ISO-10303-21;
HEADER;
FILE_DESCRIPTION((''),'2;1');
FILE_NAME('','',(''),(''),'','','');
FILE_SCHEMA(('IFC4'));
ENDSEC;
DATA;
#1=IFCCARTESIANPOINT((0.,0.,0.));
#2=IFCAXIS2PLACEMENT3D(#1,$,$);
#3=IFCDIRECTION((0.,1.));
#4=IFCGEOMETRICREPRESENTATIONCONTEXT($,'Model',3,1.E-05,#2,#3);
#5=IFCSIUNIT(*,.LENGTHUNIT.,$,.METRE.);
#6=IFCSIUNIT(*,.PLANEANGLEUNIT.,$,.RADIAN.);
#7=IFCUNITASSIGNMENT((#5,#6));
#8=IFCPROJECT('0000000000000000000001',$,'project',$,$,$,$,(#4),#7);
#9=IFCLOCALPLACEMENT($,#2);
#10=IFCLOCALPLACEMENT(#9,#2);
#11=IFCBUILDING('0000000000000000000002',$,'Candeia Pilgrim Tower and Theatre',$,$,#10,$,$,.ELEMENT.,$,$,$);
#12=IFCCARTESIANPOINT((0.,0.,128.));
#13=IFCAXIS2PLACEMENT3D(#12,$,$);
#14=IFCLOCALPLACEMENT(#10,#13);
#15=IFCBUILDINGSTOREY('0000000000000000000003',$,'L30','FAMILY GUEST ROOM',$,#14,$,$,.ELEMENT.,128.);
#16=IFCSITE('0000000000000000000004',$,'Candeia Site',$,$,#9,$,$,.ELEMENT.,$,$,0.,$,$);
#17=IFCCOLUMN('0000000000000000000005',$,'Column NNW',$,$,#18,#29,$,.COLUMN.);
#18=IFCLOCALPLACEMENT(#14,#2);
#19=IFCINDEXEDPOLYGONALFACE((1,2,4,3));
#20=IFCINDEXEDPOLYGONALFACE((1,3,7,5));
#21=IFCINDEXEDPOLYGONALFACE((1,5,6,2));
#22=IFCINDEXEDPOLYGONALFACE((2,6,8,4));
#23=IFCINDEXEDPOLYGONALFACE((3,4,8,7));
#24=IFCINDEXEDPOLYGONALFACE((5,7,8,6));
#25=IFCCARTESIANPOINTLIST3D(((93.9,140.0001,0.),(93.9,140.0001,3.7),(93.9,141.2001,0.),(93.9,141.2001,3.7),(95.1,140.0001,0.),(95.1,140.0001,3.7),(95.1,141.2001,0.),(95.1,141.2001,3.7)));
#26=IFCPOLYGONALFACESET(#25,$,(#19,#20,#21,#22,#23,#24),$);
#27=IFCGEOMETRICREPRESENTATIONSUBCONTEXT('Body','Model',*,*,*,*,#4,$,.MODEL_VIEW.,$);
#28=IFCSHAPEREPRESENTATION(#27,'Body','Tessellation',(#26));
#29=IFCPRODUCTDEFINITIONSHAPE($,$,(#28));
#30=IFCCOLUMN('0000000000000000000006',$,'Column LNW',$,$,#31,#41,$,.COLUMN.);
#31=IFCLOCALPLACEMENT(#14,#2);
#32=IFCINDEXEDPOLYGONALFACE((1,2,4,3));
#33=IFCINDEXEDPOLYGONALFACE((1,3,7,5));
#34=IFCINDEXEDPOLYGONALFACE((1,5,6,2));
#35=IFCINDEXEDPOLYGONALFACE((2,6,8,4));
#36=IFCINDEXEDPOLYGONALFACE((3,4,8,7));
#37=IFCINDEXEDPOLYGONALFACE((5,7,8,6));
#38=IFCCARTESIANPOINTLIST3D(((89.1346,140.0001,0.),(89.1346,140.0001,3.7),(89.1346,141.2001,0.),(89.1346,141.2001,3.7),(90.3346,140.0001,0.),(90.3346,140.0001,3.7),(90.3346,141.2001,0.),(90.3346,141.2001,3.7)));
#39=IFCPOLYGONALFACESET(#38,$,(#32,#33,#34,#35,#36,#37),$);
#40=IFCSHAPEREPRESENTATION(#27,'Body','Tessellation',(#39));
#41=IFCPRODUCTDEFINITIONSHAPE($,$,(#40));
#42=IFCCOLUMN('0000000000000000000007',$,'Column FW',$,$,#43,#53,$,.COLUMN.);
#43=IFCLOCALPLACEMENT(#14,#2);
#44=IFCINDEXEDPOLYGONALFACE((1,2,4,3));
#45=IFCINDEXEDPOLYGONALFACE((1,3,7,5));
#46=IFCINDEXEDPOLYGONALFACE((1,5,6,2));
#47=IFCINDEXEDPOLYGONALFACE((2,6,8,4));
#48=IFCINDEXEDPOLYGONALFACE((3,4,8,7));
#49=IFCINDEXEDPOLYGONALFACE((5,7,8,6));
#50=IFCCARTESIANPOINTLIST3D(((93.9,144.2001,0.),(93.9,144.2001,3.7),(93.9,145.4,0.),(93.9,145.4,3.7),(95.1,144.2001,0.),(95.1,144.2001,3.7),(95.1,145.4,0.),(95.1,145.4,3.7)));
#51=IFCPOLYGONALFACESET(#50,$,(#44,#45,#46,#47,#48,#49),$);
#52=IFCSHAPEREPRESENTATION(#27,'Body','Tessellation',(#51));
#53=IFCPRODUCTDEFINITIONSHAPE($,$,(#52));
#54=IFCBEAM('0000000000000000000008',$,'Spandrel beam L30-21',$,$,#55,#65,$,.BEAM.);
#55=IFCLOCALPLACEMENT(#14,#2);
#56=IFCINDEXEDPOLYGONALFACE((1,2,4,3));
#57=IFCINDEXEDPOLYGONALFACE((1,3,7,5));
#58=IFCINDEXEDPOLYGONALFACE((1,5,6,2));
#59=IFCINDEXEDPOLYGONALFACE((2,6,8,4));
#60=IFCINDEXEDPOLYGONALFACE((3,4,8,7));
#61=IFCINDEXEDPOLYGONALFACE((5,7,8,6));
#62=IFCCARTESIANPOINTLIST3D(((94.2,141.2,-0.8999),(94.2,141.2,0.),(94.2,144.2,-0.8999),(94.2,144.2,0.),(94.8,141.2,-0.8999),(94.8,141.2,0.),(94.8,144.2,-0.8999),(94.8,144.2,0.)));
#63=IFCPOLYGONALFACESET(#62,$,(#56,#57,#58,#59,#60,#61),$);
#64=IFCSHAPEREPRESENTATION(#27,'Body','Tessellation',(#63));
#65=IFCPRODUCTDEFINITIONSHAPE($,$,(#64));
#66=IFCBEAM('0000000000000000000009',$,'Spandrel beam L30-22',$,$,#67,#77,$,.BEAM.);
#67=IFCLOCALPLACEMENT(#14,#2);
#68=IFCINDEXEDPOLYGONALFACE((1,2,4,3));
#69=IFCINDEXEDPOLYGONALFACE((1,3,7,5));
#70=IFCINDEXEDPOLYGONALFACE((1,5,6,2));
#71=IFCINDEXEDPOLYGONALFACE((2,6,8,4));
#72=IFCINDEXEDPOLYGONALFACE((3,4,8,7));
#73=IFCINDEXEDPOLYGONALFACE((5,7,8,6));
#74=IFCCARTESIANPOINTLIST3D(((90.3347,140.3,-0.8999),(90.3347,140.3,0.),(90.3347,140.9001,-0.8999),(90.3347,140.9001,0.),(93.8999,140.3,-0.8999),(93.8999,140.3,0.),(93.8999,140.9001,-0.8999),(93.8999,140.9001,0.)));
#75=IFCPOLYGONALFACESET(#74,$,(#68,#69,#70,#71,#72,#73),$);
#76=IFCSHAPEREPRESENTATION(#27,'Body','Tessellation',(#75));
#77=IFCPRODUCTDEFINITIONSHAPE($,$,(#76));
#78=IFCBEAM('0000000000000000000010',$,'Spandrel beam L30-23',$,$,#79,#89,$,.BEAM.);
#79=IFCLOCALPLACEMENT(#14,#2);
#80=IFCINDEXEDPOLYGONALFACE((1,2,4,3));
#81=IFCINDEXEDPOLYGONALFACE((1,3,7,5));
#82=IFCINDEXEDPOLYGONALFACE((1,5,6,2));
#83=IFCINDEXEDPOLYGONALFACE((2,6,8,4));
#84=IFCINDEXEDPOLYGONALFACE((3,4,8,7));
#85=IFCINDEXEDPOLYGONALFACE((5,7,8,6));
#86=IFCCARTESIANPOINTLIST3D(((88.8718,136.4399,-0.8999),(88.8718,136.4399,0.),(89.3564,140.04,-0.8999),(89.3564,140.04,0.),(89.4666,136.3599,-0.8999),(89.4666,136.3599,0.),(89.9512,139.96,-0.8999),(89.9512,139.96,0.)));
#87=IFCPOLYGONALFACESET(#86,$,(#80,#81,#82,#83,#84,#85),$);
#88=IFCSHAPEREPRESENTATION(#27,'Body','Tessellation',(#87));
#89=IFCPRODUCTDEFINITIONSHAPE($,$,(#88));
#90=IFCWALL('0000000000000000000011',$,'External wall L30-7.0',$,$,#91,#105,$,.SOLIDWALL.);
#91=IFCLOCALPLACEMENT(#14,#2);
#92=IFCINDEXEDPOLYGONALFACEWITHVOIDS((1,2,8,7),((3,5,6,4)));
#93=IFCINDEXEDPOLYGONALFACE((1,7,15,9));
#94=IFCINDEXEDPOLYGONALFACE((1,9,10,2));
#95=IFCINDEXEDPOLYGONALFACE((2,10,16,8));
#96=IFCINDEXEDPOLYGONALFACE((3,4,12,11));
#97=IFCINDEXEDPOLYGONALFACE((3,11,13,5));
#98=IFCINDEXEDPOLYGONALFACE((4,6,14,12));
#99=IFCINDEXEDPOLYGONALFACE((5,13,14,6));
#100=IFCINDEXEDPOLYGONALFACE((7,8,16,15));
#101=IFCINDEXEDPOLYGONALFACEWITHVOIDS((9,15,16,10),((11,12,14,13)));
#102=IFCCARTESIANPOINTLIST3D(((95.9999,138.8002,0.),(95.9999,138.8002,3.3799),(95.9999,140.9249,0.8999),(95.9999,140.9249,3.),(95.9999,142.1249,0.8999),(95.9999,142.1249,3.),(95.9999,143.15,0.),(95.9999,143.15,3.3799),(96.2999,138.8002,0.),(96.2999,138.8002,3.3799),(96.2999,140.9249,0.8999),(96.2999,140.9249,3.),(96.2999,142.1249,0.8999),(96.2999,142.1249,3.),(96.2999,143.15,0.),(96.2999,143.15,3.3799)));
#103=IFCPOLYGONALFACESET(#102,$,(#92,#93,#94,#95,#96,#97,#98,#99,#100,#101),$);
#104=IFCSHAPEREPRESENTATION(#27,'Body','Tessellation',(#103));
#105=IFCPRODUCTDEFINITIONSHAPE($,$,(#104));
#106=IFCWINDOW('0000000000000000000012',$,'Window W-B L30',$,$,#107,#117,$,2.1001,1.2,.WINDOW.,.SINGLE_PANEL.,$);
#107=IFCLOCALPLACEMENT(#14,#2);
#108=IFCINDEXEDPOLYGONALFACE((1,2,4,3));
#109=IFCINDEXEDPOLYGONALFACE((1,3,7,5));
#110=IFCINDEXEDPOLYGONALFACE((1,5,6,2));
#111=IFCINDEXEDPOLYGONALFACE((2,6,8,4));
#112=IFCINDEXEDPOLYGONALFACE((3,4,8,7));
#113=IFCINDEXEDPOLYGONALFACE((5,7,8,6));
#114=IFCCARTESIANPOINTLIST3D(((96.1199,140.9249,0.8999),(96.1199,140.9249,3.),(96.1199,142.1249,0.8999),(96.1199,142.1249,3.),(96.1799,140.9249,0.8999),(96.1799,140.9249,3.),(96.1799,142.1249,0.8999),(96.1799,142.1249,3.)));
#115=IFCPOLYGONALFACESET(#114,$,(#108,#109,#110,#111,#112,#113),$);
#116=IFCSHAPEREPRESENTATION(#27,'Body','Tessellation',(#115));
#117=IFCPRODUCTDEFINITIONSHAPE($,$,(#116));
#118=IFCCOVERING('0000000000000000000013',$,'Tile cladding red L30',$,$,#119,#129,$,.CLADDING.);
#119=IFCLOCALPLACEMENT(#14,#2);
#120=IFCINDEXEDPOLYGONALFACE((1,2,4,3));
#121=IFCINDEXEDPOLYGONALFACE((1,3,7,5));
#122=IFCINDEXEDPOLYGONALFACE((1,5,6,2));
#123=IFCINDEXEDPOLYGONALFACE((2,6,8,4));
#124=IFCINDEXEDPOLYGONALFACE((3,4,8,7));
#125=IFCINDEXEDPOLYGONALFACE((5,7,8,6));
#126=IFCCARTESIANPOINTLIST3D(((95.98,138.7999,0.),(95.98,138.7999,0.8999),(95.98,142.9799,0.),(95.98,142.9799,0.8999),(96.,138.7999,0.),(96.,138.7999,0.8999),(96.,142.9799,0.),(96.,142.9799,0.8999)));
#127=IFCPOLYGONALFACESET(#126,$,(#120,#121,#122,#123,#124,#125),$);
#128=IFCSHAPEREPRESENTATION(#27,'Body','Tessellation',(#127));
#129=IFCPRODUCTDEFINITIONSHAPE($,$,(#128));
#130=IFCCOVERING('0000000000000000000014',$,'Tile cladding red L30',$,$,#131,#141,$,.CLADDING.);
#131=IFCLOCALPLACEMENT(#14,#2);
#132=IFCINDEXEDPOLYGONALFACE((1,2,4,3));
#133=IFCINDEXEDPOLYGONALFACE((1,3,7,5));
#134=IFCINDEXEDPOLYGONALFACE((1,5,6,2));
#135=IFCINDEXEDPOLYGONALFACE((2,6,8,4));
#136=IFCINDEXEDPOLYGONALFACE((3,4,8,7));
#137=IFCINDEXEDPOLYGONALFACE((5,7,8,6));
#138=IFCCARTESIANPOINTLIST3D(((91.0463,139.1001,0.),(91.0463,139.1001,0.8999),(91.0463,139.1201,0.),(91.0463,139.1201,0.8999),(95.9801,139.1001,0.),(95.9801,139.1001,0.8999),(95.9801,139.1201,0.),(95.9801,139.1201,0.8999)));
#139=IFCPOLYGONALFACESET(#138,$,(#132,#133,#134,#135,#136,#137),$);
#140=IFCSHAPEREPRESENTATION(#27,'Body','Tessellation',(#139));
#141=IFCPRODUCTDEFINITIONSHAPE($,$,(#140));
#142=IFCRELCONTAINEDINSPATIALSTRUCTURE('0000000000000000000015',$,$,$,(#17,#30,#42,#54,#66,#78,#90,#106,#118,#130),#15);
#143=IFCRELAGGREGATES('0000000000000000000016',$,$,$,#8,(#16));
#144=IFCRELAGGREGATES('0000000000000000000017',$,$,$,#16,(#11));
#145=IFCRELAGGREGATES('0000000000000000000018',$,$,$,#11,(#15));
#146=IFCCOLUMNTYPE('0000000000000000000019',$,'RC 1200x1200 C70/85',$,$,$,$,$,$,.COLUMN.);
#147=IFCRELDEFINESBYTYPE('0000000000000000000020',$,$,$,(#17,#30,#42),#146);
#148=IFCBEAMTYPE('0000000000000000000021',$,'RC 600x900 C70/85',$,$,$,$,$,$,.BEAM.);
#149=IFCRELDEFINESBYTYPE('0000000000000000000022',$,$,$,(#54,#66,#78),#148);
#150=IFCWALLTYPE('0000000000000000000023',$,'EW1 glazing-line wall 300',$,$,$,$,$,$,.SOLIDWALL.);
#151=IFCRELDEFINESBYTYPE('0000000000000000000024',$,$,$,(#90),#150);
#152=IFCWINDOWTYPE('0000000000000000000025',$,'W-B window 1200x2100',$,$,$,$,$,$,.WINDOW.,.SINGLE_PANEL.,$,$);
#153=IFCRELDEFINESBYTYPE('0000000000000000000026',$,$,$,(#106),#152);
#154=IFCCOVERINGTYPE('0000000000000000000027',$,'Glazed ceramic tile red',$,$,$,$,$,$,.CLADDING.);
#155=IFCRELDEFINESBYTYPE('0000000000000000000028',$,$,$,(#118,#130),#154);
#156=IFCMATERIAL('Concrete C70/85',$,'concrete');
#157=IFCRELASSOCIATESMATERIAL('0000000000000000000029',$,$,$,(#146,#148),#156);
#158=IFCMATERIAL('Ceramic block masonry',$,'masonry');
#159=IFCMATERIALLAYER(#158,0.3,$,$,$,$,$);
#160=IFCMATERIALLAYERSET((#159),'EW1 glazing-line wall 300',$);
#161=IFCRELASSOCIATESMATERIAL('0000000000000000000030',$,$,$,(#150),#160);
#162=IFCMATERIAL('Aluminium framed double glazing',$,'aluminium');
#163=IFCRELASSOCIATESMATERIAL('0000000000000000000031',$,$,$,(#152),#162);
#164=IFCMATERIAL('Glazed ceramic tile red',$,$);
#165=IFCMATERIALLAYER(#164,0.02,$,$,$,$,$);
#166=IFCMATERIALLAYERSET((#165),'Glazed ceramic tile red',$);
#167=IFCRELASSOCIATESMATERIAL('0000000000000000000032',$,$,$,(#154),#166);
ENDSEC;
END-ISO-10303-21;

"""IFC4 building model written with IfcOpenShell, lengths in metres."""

from ifc_helpers import new_model, si_unit, direction, frame, frame_2d, origin, origin_2d, place, context, subcontext, project, spatial, rectangle, extrude, material, layer, layer_set, material_profile, profile_set, type_object, element, fill, save


model = new_model("IFC4")

# Units and contexts
model_context = context("Model", 3, precision=1e-05, world=origin(), true_north=direction((0.0, 1.0)))
body_context = subcontext(model_context, "Body", "Model", "MODEL_VIEW")
ifc_project = project(units=[si_unit("LENGTHUNIT", "METRE"), si_unit("PLANEANGLEUNIT", "RADIAN")], contexts=[model_context])

# Site, building, storey
site_placement = place(None, origin())
site = spatial("IfcSite", under=ifc_project, at=site_placement, Name="Candeia Site", CompositionType="ELEMENT", RefElevation=0.0)
building_placement = place(site_placement, origin())
building = spatial("IfcBuilding", under=site, at=building_placement, Name="Candeia Pilgrim Tower and Theatre", CompositionType="ELEMENT")
storey_placement = place(building_placement, frame((0.0, 0.0, 128.0)))
storey = spatial("IfcBuildingStorey", under=building, at=storey_placement, Name="L30", Description="FAMILY GUEST ROOM", CompositionType="ELEMENT", Elevation=128.0)

# Columns
ifc_material_1 = material(Name="Concrete C70/85", Category="concrete")
ifc_material_profile_1 = material_profile(ifc_material_1, rectangle(XDim=1.2, YDim=1.2, at=origin_2d()))
ifc_profile_set_1 = profile_set([ifc_material_profile_1], Name="Concrete C70/85")
column_type = type_object("IfcColumnType", Name="RC 1200x1200 C70/85", PredefinedType="COLUMN", material=ifc_profile_set_1)
for number, where, z_axis, x_axis, name in (
    (1, (94.5, 140.6001, 0.0), (0.0, 0.0, 1.0), (1.0, 0.0, 0.0), "Column NNW"),
    (2, (89.7346, 140.6001, 0.0), (0.0, 0.0, 1.0), (1.0, 0.0, 0.0), "Column LNW"),
    (3, (94.5, 144.8, 0.0), (0.0, 0.0, 1.0), (1.0, 0.0, 0.0), "Column FW"),
):
    element("IfcColumn", number, at=place(storey_placement, frame(where, z_axis=z_axis, x_axis=x_axis)), inside=storey, type_object=column_type, Name=name, PredefinedType="COLUMN", context=body_context, shape_type="SweptSolid", body=[
        extrude(rectangle(XDim=1.2, YDim=1.2, at=origin_2d()), origin(), (0.0, 0.0, 1.0), 3.7),
    ])

# Beams
ifc_material_profile_2 = material_profile(ifc_material_1, rectangle(XDim=0.6001, YDim=0.8999, at=origin_2d()))
ifc_profile_set_2 = profile_set([ifc_material_profile_2], Name="Concrete C70/85")
beam_type = type_object("IfcBeamType", Name="RC 600x900 C70/85", PredefinedType="BEAM", material=ifc_profile_set_2)
beam_1_placement = place(storey_placement, frame((94.5, 144.2, -0.45), z_axis=(0.0, -1.0, 0.0), x_axis=(1.0, 0.0, 0.0)))
element("IfcBeam", 4, at=beam_1_placement, inside=storey, type_object=beam_type, Name="Spandrel beam L30-21", PredefinedType="BEAM", context=body_context, shape_type="SweptSolid", body=[
    extrude(rectangle(XDim=0.6001, YDim=0.8999, at=origin_2d()), origin(), (0.0, 0.0, 1.0), 3.0),
])
beam_2_placement = place(storey_placement, frame((93.8999, 140.6001, -0.45), z_axis=(-1.0, 0.0, 0.0), x_axis=(0.0, -1.0, 0.0)))
element("IfcBeam", 5, at=beam_2_placement, inside=storey, type_object=beam_type, Name="Spandrel beam L30-22", PredefinedType="BEAM", context=body_context, shape_type="SweptSolid", body=[
    extrude(rectangle(XDim=0.6001, YDim=0.8999, at=origin_2d()), origin(), (0.0, 0.0, 1.0), 3.5652),
])
beam_3_placement = place(storey_placement, frame((89.6538, 140.0, -0.45), z_axis=(-0.133409, -0.991061, 0.0), x_axis=(0.991061, -0.133409, 0.0)))
element("IfcBeam", 6, at=beam_3_placement, inside=storey, type_object=beam_type, Name="Spandrel beam L30-23", PredefinedType="BEAM", context=body_context, shape_type="SweptSolid", body=[
    extrude(rectangle(XDim=0.6001, YDim=0.8999, at=origin_2d()), origin(), (0.0, 0.0, 1.0), 3.6326),
])

# Wall, opening, window
ifc_material_2 = material(Name="Ceramic block masonry", Category="masonry")
ifc_layer_1 = layer(ifc_material_2, 0.3)
ifc_layer_set_1 = layer_set([ifc_layer_1], Name="EW1 glazing-line wall 300")
wall_type = type_object("IfcWallType", Name="EW1 glazing-line wall 300", PredefinedType="SOLIDWALL", material=ifc_layer_set_1)
wall_placement = place(storey_placement, frame((96.1499, 143.1499, 0.0), z_axis=(0.0, 0.0, 1.0), x_axis=(0.0, -1.0, 0.0)))
wall = element("IfcWall", 7, at=wall_placement, inside=storey, type_object=wall_type, Name="External wall L30-7.0", PredefinedType="SOLIDWALL", context=body_context, shape_type="SweptSolid", body=[
    extrude(rectangle(XDim=4.3499, YDim=0.3, at=frame_2d((2.1748, 0.0))), origin(), (0.0, 0.0, 1.0), 3.3799),
])
opening_placement = place(wall_placement, frame((1.0249, 0.0, 0.8999)))
opening = element("IfcOpeningElement", 8, at=opening_placement, cuts=wall, PredefinedType="OPENING", context=body_context, shape_type="SweptSolid", body=[
    extrude(rectangle(XDim=1.2, YDim=2.1001, at=frame_2d((0.6001, 1.05))), frame((0.0, 0.1602, 0.0), z_axis=(0.0, -1.0, 0.0), x_axis=(1.0, 0.0, 0.0)), (0.0, 0.0, 1.0), 0.3201),
])
ifc_material_3 = material(Name="Aluminium framed double glazing", Category="aluminium")
window_type = type_object("IfcWindowType", Name="W-B window 1200x2100", PartitioningType="SINGLE_PANEL", PredefinedType="WINDOW", material=ifc_material_3)
window_placement = place(opening_placement, origin())
window = element("IfcWindow", 9, at=window_placement, inside=storey, type_object=window_type, Name="Window W-B L30", OverallHeight=2.1001, OverallWidth=1.2, PartitioningType="SINGLE_PANEL", PredefinedType="WINDOW", context=body_context, shape_type="SweptSolid", body=[
    extrude(rectangle(XDim=1.2, YDim=2.1001, at=frame_2d((0.6001, 1.05))), frame((0.0, 0.03, 0.0), z_axis=(0.0, -1.0, 0.0), x_axis=(1.0, 0.0, 0.0)), (0.0, 0.0, 1.0), 0.0601),
])
fill(opening, window)

# Coverings
ifc_material_4 = material(Name="Glazed ceramic tile red")
ifc_layer_2 = layer(ifc_material_4, 0.02)
ifc_layer_set_2 = layer_set([ifc_layer_2], Name="Glazed ceramic tile red")
covering_type = type_object("IfcCoveringType", Name="Glazed ceramic tile red", PredefinedType="CLADDING", material=ifc_layer_set_2)
covering_1_placement = place(storey_placement, frame((95.99, 140.8899, 0.0), z_axis=(0.0, 0.0, 1.0), x_axis=(0.0, -1.0, 0.0)))
element("IfcCovering", 10, at=covering_1_placement, inside=storey, type_object=covering_type, Name="Tile cladding red L30", PredefinedType="CLADDING", context=body_context, shape_type="SweptSolid", body=[
    extrude(rectangle(XDim=4.1799, YDim=0.02, at=origin_2d()), origin(), (0.0, 0.0, 1.0), 0.8999),
])
covering_2_placement = place(storey_placement, frame((93.5132, 139.1101, 0.0), z_axis=(0.0, 0.0, 1.0), x_axis=(-1.0, 0.0, 0.0)))
element("IfcCovering", 11, at=covering_2_placement, inside=storey, type_object=covering_type, Name="Tile cladding red L30", PredefinedType="CLADDING", context=body_context, shape_type="SweptSolid", body=[
    extrude(rectangle(XDim=4.9338, YDim=0.02, at=origin_2d()), origin(), (0.0, 0.0, 1.0), 0.8999),
])

save(model, "model.ifc")
